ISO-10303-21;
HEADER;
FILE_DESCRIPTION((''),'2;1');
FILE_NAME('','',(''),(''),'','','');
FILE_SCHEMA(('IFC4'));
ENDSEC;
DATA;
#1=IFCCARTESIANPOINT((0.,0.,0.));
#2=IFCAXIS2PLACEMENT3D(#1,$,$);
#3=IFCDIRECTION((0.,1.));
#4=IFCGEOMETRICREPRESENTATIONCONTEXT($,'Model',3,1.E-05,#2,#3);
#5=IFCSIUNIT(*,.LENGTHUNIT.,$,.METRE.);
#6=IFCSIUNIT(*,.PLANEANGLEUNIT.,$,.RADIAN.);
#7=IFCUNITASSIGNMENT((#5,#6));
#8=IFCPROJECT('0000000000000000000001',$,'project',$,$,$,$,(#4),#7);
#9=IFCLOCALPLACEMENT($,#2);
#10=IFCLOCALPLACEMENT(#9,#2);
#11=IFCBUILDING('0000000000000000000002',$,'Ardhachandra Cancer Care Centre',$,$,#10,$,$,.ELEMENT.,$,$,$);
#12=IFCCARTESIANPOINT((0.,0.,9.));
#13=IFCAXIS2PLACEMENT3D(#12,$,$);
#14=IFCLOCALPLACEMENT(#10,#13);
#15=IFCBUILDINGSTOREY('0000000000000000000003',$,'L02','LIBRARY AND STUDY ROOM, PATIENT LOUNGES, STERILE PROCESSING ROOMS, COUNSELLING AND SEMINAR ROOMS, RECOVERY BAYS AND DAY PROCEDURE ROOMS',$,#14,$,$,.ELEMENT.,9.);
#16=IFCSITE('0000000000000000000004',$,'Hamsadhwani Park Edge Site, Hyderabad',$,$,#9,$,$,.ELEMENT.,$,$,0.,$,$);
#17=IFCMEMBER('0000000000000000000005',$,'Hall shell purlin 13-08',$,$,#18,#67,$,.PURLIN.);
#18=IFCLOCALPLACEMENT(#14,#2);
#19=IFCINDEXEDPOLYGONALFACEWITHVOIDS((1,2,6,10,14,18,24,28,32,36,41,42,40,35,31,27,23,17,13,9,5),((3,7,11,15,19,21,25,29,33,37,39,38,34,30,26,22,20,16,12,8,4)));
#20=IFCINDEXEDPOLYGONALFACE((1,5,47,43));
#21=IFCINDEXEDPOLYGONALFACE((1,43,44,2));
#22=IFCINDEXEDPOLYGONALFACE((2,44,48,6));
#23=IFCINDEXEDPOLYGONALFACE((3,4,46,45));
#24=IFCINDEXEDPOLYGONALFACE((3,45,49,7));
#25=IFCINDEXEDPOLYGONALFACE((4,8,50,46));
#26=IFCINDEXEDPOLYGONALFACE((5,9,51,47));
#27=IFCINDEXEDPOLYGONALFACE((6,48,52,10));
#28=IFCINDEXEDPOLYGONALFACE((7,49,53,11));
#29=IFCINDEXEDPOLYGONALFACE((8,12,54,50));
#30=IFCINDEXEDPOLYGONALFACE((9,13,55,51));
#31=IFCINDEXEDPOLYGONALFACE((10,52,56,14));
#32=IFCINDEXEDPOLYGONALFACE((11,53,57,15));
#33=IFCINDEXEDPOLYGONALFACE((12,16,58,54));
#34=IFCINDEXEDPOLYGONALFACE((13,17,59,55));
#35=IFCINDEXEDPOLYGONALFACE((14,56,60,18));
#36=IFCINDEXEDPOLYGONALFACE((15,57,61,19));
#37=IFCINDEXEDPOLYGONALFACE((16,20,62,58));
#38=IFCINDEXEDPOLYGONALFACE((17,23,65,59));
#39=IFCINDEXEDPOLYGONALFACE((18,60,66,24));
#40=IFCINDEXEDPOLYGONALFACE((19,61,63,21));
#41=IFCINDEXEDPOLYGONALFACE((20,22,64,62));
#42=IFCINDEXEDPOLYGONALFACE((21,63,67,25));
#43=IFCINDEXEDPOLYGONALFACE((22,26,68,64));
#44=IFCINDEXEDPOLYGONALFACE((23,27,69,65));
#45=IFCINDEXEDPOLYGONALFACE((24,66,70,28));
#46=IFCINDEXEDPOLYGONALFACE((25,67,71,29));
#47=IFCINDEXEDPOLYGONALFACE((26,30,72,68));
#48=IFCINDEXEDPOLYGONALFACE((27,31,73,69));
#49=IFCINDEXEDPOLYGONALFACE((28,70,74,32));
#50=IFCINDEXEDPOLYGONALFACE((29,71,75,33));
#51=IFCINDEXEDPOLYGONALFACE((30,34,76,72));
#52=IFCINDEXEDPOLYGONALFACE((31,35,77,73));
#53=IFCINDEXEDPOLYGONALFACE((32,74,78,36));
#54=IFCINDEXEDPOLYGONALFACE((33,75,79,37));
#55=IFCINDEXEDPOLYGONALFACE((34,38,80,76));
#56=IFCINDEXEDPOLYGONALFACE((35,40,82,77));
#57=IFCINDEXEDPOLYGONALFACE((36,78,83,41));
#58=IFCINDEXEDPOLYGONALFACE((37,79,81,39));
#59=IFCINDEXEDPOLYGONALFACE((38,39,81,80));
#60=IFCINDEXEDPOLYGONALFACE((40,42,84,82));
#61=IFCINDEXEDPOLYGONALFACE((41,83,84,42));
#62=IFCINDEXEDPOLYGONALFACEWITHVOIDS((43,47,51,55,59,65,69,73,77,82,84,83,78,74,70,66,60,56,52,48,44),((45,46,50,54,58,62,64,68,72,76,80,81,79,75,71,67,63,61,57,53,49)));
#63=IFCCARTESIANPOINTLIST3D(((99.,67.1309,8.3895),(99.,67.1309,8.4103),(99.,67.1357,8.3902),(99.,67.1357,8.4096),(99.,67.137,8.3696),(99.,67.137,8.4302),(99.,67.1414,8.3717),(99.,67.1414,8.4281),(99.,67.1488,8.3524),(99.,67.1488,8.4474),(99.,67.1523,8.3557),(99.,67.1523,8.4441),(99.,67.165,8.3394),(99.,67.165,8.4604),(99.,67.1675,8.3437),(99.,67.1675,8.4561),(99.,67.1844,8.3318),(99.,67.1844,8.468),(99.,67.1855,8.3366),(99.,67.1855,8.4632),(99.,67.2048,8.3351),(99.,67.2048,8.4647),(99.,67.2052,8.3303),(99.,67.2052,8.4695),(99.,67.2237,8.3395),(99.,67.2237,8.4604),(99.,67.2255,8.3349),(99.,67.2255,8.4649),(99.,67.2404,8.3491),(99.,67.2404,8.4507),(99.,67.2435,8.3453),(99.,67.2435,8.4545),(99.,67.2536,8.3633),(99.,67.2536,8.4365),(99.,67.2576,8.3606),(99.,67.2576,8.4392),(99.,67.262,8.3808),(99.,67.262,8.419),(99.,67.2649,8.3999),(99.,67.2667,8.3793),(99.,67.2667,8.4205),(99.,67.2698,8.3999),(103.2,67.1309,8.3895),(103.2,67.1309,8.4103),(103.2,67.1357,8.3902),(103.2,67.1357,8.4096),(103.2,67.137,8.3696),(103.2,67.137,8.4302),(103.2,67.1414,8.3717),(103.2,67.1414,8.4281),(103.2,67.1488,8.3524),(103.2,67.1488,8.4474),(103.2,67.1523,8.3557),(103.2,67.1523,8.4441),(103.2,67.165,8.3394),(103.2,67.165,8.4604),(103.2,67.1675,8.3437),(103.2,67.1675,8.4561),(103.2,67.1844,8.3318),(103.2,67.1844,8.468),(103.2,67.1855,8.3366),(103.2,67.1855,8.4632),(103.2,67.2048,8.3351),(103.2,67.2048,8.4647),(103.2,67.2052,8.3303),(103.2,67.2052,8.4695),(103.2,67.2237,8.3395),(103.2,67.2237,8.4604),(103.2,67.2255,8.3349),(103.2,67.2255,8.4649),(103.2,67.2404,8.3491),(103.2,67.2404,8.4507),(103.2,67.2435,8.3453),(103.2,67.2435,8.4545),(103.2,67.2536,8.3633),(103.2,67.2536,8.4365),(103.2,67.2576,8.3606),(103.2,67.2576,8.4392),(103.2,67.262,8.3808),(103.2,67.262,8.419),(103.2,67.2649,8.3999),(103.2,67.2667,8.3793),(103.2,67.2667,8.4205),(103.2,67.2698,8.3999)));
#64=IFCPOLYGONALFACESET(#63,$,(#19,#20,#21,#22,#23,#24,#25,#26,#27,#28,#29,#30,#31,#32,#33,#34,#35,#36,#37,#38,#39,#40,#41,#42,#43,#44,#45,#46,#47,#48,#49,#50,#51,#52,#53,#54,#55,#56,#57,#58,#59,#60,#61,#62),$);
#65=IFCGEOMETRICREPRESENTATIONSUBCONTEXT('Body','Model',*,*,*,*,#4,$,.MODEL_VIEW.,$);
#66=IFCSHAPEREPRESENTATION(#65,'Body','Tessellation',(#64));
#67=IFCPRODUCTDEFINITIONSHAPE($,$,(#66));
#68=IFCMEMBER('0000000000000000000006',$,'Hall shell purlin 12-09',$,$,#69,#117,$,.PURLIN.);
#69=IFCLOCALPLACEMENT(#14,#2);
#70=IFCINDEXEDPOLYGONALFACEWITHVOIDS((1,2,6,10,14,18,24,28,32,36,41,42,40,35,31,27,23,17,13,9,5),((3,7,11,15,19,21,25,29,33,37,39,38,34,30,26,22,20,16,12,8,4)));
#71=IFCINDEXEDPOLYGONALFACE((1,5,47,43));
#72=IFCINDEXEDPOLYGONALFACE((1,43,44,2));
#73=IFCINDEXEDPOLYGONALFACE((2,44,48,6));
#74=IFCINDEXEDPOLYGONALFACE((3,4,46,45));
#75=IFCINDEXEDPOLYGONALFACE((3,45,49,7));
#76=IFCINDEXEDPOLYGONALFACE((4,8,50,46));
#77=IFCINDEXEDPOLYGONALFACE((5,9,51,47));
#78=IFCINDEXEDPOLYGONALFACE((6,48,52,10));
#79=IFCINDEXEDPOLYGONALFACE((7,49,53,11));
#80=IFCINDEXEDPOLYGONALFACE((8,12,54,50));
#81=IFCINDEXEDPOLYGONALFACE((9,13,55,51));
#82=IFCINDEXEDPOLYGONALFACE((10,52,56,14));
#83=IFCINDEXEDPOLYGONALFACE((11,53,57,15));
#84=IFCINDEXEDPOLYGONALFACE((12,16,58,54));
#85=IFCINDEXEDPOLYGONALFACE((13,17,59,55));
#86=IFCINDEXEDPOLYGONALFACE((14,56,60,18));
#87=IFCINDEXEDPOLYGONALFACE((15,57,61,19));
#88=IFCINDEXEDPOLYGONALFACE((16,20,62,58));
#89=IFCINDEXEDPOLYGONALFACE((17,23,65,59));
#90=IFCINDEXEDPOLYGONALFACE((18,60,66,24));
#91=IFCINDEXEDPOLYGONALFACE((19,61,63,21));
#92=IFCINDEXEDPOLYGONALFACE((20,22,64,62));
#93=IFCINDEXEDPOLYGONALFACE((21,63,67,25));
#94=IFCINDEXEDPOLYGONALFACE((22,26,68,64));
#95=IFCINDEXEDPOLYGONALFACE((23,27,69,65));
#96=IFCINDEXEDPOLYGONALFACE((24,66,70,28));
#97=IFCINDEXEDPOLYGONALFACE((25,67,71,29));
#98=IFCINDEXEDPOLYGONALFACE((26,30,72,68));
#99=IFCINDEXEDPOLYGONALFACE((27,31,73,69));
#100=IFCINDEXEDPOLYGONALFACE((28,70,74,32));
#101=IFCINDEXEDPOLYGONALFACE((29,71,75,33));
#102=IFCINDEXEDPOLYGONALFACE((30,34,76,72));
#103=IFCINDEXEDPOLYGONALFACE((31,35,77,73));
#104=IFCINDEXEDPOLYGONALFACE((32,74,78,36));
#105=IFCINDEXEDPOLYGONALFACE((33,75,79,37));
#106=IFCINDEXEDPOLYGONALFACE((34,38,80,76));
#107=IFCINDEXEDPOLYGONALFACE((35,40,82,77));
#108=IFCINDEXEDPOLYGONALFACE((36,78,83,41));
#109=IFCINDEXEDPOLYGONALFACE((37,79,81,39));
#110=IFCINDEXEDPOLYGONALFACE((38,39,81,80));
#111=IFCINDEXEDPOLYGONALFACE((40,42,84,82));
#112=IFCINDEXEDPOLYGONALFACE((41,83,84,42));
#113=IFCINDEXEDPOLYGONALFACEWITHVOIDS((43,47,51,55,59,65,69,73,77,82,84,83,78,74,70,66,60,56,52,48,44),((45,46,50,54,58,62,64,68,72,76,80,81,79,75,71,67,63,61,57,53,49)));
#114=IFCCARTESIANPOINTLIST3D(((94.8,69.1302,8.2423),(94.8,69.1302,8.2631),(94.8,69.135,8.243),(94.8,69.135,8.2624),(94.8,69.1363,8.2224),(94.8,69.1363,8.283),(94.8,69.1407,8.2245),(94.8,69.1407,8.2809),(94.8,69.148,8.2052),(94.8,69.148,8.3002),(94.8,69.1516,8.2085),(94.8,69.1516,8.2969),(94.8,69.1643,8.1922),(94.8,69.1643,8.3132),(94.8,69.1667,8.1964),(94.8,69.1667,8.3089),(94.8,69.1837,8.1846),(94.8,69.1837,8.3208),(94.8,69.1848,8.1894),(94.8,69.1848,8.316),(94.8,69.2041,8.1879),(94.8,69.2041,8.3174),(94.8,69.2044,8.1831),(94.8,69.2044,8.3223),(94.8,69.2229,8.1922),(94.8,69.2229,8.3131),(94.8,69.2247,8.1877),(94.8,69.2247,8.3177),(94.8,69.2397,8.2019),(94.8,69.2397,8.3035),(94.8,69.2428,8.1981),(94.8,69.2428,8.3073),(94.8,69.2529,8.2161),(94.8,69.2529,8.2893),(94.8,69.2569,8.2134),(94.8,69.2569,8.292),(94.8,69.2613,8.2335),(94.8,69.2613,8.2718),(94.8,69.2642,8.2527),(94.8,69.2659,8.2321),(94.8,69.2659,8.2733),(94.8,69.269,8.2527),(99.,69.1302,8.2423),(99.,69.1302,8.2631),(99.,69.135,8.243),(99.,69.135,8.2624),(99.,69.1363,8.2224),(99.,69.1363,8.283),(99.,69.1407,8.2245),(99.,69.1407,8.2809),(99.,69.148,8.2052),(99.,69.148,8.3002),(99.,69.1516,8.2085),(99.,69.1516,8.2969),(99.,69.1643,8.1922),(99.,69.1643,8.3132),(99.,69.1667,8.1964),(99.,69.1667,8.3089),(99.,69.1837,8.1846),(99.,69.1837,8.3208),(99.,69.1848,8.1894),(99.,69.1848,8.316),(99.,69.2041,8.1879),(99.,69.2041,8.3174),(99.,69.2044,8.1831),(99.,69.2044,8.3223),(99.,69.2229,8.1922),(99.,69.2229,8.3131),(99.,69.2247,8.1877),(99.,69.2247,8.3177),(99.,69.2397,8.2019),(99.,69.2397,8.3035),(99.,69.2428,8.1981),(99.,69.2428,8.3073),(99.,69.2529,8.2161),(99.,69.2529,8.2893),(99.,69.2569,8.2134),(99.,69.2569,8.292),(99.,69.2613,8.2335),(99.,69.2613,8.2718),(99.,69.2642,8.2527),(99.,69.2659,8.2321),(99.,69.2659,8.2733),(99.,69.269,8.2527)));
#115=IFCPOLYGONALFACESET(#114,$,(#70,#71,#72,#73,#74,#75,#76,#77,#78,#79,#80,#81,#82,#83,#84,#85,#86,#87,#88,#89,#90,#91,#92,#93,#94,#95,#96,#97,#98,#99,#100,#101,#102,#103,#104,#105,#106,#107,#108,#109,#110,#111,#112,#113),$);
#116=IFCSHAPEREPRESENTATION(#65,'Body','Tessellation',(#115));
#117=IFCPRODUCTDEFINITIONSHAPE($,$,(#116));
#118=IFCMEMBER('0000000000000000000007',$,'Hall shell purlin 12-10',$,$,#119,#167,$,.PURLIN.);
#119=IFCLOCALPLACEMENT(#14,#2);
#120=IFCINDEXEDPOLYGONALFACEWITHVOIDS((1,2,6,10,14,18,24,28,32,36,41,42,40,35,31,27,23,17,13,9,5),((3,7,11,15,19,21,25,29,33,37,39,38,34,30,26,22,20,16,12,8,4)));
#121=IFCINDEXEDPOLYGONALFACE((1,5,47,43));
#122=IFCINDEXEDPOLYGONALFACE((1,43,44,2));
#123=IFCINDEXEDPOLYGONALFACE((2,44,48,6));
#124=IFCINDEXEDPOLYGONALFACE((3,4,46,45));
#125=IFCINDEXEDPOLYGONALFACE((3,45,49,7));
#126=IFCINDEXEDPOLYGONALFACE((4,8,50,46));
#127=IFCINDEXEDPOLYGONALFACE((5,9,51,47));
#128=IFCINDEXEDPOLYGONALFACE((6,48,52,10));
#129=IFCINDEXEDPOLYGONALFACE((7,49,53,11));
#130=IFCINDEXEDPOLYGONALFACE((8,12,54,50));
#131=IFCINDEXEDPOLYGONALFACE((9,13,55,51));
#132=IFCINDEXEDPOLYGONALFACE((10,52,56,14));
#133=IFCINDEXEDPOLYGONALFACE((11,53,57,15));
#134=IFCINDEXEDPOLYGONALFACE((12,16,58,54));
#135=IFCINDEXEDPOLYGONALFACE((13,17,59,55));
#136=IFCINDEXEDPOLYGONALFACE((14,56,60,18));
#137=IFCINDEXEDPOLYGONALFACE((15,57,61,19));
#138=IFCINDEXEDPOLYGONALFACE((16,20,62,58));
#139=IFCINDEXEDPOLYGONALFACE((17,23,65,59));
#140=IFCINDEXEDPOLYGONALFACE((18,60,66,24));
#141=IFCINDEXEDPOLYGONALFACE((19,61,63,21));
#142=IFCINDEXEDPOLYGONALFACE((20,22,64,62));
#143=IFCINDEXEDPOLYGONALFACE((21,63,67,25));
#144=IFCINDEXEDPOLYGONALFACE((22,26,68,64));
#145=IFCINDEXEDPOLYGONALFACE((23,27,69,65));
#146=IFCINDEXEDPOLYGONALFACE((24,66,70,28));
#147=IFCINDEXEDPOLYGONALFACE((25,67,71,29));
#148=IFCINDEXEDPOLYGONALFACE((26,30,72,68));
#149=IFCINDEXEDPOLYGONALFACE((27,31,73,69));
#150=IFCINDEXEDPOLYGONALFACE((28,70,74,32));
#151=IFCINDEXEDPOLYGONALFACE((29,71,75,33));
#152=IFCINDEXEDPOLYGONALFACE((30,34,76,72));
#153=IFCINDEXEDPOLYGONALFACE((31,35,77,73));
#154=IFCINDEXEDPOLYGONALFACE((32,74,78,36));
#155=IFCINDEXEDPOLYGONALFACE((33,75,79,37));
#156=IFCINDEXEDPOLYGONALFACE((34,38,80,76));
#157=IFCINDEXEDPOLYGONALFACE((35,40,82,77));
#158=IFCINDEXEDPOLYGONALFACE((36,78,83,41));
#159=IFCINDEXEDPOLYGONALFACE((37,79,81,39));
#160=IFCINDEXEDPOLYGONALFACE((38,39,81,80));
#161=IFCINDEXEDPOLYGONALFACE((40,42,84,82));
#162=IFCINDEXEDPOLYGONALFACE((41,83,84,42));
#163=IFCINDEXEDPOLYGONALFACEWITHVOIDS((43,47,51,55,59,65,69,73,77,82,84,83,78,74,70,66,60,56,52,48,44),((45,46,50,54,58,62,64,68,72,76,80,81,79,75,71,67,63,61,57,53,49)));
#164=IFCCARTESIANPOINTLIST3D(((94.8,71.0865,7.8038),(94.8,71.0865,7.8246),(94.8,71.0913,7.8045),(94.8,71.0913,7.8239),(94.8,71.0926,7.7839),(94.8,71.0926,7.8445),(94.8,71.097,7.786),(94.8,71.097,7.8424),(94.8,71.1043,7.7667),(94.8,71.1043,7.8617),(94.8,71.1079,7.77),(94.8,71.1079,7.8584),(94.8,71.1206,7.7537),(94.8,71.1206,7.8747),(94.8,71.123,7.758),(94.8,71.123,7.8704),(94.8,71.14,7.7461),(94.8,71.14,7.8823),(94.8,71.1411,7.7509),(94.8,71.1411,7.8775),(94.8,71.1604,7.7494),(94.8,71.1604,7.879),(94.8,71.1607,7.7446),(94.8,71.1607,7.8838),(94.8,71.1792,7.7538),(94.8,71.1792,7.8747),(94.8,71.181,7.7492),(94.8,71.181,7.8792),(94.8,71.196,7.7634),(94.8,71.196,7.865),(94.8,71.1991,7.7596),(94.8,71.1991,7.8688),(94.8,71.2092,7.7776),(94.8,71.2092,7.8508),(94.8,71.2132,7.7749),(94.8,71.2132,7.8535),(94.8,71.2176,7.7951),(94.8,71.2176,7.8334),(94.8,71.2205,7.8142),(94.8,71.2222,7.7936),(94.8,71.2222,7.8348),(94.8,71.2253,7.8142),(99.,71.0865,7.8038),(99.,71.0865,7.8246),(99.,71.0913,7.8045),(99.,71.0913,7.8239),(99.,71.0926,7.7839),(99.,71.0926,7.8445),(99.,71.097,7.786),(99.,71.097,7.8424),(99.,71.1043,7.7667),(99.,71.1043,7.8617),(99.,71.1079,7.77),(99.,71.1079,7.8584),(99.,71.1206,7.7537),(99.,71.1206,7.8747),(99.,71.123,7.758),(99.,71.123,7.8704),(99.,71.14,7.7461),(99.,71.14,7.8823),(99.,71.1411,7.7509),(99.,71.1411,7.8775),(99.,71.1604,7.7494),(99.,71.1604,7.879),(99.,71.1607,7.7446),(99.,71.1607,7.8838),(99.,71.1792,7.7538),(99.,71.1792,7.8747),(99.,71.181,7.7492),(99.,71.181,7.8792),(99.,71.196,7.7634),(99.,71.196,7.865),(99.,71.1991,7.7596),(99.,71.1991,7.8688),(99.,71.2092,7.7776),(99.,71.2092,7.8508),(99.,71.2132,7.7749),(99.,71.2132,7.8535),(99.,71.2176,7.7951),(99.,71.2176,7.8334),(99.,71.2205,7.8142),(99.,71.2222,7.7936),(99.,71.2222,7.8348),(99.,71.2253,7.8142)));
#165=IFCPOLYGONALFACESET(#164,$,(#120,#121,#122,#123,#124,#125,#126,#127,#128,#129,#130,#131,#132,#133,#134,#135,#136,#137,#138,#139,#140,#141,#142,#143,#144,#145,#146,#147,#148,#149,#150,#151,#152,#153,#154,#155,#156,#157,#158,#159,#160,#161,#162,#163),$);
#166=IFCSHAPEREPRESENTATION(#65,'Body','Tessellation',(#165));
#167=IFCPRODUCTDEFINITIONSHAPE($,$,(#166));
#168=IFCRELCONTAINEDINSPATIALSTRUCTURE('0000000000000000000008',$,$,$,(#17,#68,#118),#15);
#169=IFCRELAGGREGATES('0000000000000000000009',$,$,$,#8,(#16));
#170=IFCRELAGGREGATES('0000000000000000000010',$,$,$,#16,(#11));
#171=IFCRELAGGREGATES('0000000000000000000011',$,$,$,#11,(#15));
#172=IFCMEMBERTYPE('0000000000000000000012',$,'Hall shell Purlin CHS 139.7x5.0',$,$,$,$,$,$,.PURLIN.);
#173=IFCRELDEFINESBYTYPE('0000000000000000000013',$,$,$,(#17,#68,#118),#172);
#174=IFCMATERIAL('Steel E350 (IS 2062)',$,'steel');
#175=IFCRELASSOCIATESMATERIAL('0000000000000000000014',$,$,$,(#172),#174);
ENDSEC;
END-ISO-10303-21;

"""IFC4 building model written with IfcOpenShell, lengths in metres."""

from ifc_helpers import new_model, si_unit, direction, frame, origin, origin_2d, place, context, subcontext, project, spatial, hollow_circle, extrude, material, material_profile, profile_set, type_object, element, save


model = new_model("IFC4")

# Units and contexts
model_context = context("Model", 3, precision=1e-05, world=origin(), true_north=direction((0.0, 1.0)))
body_context = subcontext(model_context, "Body", "Model", "MODEL_VIEW")
ifc_project = project(units=[si_unit("LENGTHUNIT", "METRE"), si_unit("PLANEANGLEUNIT", "RADIAN")], contexts=[model_context])

# Site, building, storey
site_placement = place(None, origin())
site = spatial("IfcSite", under=ifc_project, at=site_placement, Name="Hamsadhwani Park Edge Site, Hyderabad", CompositionType="ELEMENT", RefElevation=0.0)
building_placement = place(site_placement, origin())
building = spatial("IfcBuilding", under=site, at=building_placement, Name="Ardhachandra Cancer Care Centre", CompositionType="ELEMENT")
storey_placement = place(building_placement, frame((0.0, 0.0, 9.0)))
storey = spatial("IfcBuildingStorey", under=building, at=storey_placement, Name="L02", Description="LIBRARY AND STUDY ROOM, PATIENT LOUNGES, STERILE PROCESSING ROOMS, COUNSELLING AND SEMINAR ROOMS, RECOVERY BAYS AND DAY PROCEDURE ROOMS", CompositionType="ELEMENT", Elevation=9.0)

# Members
ifc_material_1 = material(Name="Steel E350 (IS 2062)", Category="steel")
ifc_material_profile_1 = material_profile(ifc_material_1, hollow_circle(Radius=0.0698, WallThickness=0.0049, at=origin_2d()), Name="CHS 139.7x5.0")
ifc_profile_set_1 = profile_set([ifc_material_profile_1], Name="Steel E350 (IS 2062)")
member_type_1 = type_object("IfcMemberType", Name="Hall shell Purlin CHS 139.7x5.0", PredefinedType="PURLIN", material=ifc_profile_set_1)
for number, where, z_axis, x_axis, name in (
    (1, (99.0, 67.2, 8.3999), (1.0, 0.0, 0.0), (0.0, 1.0, 0.0), "Hall shell purlin 13-08"),
    (2, (94.8, 69.1992, 8.2527), (1.0, 0.0, 0.0), (0.0, 1.0, 0.0), "Hall shell purlin 12-09"),
    (3, (94.8, 71.1555, 7.8142), (1.0, 0.0, 0.0), (0.0, 1.0, 0.0), "Hall shell purlin 12-10"),
):
    element("IfcMember", number, at=place(storey_placement, frame(where, z_axis=z_axis, x_axis=x_axis)), inside=storey, type_object=member_type_1, Name=name, PredefinedType="PURLIN", context=body_context, shape_type="SweptSolid", body=[
        extrude(hollow_circle(Radius=0.0698, WallThickness=0.0049, at=origin_2d()), origin(), (0.0, 0.0, 1.0), 4.2),
    ])

save(model, "model.ifc")
